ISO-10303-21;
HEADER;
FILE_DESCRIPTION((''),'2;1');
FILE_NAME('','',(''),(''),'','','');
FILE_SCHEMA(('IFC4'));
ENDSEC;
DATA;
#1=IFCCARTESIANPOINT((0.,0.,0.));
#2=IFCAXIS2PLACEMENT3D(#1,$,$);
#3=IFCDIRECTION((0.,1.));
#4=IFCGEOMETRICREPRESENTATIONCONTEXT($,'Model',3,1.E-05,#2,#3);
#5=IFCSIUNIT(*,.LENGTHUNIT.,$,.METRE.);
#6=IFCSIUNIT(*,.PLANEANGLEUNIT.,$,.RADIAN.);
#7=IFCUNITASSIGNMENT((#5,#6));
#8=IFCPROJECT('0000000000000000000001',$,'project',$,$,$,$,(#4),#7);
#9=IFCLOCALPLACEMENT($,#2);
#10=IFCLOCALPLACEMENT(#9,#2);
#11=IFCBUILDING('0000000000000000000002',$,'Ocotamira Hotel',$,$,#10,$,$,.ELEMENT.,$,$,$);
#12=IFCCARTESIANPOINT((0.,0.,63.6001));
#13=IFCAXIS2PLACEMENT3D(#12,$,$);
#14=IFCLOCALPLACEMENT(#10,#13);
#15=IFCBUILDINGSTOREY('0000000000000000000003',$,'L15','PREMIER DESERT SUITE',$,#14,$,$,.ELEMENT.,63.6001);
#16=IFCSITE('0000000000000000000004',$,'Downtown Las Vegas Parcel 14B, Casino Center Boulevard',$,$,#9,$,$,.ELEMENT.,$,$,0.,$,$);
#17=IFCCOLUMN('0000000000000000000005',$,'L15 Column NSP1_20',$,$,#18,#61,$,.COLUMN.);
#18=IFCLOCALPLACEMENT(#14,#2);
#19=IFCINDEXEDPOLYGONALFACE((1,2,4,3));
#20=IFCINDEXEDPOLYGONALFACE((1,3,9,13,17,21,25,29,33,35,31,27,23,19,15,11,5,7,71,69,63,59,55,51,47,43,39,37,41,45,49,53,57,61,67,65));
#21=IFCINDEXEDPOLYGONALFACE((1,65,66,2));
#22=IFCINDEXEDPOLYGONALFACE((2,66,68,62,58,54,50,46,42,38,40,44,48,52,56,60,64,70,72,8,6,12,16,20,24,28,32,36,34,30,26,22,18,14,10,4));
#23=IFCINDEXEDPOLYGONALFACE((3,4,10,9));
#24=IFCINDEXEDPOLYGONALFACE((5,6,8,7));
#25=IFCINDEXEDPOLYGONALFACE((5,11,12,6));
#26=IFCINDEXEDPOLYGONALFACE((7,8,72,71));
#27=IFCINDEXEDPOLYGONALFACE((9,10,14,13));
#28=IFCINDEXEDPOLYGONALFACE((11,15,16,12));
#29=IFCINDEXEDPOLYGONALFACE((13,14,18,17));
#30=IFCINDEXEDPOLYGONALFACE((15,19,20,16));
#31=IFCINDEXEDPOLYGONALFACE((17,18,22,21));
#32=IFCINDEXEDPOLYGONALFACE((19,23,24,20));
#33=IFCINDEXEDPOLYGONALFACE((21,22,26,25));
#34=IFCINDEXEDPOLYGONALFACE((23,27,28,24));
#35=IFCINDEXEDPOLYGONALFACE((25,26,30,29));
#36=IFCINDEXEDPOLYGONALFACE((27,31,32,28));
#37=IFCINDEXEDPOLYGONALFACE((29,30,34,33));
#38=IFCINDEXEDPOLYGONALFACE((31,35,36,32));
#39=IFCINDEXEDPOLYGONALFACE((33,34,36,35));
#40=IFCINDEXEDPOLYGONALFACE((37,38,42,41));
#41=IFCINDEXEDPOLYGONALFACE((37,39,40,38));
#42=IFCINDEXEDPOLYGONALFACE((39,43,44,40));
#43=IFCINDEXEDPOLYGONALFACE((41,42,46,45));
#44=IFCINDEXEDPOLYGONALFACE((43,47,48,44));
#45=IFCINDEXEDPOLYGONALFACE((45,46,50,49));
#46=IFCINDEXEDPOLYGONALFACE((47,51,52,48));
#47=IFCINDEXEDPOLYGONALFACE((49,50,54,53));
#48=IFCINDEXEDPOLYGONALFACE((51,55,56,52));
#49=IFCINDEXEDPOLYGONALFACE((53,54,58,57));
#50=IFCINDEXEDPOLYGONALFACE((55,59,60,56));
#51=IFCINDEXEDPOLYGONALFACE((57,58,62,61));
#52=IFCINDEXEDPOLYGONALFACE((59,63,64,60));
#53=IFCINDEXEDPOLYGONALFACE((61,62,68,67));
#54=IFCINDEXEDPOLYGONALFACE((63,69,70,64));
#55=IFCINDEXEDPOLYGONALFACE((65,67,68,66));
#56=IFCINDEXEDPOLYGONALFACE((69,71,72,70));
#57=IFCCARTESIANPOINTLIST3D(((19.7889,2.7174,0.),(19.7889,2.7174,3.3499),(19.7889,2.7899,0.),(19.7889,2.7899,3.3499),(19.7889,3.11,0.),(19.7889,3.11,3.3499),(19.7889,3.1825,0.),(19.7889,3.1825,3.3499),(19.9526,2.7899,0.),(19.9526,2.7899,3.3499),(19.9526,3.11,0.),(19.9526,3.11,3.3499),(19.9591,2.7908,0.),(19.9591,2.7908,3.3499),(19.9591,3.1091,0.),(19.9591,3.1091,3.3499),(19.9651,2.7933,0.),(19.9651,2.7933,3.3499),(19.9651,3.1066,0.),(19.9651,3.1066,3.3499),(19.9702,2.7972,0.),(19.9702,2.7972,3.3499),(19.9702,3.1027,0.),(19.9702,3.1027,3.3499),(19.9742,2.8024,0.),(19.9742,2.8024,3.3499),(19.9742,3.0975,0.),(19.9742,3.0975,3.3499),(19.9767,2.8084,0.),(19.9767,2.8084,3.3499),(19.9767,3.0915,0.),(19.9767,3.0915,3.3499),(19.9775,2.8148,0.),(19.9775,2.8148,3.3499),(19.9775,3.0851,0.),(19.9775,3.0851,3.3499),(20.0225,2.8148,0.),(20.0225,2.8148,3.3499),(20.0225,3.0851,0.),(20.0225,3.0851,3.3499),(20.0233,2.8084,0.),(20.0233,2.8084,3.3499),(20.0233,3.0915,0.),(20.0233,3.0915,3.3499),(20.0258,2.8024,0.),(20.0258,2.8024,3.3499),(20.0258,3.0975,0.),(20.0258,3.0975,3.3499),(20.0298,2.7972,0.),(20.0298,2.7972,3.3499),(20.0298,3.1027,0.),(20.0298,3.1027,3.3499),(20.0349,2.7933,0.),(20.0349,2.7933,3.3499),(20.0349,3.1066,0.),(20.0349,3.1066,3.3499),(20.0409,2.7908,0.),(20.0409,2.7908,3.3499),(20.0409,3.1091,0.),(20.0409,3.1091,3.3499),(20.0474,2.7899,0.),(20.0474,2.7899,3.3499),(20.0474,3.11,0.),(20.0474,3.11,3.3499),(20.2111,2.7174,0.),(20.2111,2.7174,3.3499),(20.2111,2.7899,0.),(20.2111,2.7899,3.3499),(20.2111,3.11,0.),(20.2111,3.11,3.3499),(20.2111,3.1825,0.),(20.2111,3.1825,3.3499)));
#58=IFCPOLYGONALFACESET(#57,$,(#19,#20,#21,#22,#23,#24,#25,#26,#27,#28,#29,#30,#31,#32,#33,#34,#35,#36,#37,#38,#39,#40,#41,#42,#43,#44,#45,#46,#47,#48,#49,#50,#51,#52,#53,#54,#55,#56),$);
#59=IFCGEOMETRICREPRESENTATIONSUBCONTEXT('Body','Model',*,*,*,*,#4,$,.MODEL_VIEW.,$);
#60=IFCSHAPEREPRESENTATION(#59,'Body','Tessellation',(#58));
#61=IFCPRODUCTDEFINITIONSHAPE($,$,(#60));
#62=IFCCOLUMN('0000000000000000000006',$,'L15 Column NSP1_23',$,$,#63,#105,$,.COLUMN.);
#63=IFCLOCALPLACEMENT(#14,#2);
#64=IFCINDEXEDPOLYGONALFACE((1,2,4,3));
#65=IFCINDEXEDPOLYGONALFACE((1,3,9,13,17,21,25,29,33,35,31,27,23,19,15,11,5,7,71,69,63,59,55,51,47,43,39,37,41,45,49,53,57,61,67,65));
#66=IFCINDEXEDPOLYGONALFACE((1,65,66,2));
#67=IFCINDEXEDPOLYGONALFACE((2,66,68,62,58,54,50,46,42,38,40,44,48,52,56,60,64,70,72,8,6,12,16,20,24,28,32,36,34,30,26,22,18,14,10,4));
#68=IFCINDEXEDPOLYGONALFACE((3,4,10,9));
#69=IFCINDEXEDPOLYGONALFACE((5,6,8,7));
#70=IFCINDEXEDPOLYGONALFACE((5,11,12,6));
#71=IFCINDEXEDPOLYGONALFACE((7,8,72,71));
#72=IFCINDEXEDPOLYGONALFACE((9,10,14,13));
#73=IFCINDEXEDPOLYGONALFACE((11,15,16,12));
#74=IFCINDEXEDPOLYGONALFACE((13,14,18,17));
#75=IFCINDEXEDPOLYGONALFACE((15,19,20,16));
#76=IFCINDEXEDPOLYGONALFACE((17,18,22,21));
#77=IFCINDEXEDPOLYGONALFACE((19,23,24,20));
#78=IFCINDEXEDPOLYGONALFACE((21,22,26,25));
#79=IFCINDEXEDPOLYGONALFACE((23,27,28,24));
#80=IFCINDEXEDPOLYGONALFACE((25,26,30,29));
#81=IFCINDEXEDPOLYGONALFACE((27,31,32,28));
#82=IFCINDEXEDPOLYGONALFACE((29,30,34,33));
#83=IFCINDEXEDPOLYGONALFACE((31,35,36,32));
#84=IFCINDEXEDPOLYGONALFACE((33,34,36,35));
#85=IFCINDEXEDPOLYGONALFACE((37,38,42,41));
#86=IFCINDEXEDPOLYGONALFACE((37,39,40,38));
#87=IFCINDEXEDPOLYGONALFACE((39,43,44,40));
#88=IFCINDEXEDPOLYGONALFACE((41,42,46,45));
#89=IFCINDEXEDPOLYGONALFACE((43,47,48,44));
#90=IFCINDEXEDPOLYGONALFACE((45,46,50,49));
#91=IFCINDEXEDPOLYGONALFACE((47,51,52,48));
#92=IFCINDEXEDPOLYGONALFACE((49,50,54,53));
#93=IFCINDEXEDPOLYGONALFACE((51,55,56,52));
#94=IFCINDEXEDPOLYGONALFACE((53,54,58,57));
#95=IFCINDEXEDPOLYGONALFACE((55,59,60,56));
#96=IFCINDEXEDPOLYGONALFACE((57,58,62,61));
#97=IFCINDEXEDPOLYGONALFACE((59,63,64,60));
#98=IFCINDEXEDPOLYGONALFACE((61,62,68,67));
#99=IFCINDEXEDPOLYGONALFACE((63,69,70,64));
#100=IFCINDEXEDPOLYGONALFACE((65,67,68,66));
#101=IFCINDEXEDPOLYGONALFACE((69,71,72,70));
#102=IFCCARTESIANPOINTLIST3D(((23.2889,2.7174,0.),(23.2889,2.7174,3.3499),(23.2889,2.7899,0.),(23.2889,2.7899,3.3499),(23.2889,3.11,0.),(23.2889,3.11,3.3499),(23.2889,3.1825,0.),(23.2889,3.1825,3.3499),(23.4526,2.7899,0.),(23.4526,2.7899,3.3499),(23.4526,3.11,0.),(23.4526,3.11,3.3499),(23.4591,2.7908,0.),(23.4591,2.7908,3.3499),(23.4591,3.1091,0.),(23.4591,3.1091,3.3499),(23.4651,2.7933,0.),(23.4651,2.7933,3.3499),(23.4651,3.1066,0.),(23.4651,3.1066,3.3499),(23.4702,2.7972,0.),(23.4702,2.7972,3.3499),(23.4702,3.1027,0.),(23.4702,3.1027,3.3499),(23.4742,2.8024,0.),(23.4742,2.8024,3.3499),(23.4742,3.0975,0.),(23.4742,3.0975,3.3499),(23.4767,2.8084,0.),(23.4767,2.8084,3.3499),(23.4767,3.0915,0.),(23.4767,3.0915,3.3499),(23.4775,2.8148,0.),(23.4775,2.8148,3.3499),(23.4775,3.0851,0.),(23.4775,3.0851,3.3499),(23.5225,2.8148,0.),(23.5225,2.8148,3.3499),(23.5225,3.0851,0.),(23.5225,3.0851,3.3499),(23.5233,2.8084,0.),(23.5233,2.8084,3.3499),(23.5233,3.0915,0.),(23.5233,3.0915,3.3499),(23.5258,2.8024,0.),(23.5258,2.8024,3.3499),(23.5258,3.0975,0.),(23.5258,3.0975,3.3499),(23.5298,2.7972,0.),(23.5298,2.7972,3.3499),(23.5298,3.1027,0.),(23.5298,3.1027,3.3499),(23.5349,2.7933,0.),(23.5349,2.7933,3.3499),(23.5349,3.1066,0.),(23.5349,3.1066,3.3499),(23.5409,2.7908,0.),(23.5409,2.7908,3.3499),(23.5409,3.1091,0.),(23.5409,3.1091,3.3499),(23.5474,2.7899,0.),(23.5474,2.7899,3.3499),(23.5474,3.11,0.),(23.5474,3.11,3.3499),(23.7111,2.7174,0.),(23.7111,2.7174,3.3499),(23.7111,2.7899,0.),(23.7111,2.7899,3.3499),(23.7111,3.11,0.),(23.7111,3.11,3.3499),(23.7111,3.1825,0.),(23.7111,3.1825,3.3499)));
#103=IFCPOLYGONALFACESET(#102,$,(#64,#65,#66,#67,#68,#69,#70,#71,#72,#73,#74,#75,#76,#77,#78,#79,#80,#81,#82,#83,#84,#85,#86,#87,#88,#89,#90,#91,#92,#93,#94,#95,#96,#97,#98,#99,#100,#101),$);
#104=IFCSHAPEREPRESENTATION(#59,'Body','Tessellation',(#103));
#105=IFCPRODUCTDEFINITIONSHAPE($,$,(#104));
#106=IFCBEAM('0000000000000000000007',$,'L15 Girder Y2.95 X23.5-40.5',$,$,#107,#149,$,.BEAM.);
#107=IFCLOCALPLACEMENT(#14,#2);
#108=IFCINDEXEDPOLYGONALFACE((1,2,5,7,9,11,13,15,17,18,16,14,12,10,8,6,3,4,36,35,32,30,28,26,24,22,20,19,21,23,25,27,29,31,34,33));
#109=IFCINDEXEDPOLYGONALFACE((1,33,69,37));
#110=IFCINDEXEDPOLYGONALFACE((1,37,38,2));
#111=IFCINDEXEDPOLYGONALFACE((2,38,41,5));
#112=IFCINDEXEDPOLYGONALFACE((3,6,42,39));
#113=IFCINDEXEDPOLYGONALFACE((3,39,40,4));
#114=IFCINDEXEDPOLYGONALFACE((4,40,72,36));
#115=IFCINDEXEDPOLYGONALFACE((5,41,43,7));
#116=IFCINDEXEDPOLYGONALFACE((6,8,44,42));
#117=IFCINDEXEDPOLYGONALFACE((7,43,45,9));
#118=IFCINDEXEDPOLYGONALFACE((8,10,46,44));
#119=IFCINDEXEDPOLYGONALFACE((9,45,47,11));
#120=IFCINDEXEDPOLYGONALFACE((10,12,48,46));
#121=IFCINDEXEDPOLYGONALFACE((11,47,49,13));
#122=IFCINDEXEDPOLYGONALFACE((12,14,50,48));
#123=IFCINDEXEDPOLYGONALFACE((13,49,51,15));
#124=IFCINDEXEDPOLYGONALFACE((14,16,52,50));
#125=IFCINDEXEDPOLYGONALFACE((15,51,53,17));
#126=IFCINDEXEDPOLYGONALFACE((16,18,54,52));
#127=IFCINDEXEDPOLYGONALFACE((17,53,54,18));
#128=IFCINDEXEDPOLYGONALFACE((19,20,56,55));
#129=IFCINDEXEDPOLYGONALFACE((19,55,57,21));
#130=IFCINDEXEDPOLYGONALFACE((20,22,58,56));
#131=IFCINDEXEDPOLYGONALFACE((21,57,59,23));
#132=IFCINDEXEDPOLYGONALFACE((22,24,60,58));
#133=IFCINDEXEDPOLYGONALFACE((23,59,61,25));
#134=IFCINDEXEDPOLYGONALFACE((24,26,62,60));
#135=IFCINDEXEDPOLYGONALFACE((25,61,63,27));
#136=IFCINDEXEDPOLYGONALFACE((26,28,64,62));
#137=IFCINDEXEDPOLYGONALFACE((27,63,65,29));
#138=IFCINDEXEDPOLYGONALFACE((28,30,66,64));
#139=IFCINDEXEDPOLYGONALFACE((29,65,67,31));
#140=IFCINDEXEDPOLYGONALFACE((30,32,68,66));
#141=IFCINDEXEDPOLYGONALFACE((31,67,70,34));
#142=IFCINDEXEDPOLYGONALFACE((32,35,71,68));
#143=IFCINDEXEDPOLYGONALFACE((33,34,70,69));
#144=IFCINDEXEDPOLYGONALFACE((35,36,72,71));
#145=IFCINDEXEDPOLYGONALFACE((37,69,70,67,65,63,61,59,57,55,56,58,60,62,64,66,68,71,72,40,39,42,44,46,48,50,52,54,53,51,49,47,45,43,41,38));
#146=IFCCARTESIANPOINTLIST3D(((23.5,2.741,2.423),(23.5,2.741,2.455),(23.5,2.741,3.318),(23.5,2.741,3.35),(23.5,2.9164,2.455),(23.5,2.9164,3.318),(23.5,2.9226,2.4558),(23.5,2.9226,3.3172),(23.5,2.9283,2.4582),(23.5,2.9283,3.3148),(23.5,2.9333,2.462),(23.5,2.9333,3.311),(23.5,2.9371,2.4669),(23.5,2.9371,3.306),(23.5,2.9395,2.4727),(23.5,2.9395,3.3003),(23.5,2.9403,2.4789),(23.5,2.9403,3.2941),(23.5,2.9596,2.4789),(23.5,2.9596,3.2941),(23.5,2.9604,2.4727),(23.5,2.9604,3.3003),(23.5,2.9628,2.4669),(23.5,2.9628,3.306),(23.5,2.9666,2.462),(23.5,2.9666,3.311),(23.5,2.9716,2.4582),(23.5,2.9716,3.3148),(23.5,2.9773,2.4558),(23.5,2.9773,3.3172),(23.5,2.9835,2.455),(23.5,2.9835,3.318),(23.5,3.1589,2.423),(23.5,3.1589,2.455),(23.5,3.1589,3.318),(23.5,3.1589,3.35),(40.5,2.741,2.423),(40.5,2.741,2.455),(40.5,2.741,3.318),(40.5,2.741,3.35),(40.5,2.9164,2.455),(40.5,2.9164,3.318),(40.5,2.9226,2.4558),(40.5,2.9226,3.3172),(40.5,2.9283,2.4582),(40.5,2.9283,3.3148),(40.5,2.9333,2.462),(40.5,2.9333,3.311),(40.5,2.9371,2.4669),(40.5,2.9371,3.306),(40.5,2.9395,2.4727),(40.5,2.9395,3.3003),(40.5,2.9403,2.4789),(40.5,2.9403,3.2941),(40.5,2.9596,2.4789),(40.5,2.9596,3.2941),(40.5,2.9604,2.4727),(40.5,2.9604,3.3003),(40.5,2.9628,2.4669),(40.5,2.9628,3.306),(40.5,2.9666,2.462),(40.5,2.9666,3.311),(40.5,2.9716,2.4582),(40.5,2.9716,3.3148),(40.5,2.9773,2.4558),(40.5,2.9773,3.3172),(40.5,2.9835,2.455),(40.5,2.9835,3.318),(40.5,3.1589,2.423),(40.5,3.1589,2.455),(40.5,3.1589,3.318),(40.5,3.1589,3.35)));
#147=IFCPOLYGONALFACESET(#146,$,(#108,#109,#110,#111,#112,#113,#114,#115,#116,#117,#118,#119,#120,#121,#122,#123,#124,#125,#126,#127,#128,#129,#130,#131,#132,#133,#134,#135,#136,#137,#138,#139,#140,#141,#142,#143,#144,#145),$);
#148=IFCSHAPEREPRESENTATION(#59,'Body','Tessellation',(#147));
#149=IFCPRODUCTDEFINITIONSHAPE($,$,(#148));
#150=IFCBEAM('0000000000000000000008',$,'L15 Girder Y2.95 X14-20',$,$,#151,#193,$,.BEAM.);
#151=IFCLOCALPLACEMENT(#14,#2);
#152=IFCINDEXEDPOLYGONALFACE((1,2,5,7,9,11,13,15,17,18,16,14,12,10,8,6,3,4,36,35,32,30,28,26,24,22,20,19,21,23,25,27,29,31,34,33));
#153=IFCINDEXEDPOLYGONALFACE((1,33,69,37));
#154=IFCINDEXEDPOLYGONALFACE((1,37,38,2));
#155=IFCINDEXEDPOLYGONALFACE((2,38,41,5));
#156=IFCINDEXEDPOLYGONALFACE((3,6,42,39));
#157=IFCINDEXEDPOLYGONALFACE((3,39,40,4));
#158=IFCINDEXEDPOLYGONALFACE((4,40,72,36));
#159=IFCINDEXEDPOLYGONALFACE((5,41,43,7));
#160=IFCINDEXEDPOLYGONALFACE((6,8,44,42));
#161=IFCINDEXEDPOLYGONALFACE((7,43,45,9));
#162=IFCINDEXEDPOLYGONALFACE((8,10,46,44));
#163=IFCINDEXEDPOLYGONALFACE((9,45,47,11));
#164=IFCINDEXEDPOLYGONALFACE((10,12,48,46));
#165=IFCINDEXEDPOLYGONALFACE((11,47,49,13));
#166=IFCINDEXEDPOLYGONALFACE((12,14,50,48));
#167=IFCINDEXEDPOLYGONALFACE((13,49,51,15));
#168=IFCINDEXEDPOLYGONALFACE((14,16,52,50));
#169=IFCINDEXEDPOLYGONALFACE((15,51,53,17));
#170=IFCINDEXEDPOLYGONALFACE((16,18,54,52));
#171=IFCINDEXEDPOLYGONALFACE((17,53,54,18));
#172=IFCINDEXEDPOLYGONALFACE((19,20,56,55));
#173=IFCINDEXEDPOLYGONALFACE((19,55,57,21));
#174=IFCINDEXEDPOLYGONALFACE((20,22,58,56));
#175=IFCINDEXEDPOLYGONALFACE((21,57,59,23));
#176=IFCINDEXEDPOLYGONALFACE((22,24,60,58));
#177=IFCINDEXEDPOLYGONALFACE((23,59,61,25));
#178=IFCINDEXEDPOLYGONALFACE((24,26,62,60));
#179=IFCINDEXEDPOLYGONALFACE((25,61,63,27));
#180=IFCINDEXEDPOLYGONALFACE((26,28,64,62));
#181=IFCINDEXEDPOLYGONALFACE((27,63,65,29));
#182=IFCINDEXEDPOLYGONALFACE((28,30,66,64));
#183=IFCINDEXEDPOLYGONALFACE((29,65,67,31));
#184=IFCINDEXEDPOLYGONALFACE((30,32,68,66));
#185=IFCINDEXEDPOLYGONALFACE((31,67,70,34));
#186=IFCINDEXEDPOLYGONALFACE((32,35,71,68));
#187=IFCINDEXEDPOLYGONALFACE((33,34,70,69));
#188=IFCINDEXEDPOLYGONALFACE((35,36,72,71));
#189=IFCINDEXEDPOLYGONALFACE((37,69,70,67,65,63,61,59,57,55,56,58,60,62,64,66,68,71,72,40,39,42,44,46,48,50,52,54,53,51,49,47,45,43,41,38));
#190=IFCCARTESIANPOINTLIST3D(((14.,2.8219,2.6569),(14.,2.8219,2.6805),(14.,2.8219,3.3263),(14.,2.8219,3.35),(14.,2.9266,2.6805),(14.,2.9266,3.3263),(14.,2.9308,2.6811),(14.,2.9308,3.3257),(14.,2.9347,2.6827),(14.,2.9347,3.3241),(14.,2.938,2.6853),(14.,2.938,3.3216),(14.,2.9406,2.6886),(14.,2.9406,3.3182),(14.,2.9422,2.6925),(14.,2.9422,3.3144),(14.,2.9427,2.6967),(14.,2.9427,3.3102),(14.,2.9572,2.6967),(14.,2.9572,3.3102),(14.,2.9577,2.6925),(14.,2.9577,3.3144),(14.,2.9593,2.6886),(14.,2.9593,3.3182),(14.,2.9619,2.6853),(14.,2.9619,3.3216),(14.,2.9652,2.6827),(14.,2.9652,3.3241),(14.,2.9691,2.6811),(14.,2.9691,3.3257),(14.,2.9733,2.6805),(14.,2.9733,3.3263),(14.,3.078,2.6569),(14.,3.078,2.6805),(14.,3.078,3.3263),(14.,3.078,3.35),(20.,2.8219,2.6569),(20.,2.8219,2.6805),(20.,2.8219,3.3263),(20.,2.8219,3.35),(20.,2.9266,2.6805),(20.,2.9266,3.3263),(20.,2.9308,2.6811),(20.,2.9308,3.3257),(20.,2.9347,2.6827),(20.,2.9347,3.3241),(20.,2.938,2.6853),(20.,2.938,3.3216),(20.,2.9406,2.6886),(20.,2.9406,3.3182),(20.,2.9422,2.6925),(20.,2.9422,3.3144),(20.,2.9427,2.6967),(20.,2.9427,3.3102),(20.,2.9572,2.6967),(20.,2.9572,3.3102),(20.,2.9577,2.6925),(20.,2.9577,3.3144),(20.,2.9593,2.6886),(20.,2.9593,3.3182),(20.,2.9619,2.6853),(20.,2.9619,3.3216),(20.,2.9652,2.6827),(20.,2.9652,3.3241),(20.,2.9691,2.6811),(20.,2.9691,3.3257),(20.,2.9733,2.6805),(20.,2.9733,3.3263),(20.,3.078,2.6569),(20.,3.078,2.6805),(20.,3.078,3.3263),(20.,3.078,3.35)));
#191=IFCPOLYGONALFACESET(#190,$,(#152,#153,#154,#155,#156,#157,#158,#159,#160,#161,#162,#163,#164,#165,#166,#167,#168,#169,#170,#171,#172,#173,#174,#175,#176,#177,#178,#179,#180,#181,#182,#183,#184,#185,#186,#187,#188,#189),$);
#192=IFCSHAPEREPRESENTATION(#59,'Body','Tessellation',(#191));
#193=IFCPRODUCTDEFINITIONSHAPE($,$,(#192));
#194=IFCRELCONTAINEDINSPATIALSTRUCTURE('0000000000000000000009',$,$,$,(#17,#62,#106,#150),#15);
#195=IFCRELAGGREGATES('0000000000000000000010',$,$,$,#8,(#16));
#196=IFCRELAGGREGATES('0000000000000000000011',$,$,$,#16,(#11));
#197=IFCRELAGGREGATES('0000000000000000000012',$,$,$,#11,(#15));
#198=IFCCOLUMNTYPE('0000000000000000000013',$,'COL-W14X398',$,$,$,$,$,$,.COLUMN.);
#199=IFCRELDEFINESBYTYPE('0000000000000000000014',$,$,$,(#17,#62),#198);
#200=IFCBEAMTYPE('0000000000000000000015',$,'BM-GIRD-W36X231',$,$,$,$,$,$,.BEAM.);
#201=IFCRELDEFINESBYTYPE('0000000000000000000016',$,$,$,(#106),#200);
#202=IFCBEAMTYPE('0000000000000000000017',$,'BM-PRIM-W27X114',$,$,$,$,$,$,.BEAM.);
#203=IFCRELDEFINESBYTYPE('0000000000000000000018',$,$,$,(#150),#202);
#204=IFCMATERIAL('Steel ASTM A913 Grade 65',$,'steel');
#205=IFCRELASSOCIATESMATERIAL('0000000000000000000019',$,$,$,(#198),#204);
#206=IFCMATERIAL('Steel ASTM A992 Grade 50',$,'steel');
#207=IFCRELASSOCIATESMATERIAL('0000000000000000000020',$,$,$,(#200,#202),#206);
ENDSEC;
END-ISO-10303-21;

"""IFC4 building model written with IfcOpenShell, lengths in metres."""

from ifc_helpers import new_model, si_unit, direction, frame, origin, origin_2d, place, context, subcontext, project, spatial, i_section, extrude, source, transform, mapped, material, material_profile, profile_set, type_object, element, save


model = new_model("IFC4")

# Units and contexts
model_context = context("Model", 3, precision=1e-05, world=origin(), true_north=direction((0.0, 1.0)))
body_context = subcontext(model_context, "Body", "Model", "MODEL_VIEW")
ifc_project = project(units=[si_unit("LENGTHUNIT", "METRE"), si_unit("PLANEANGLEUNIT", "RADIAN")], contexts=[model_context])

# Site, building, storey
site_placement = place(None, origin())
site = spatial("IfcSite", under=ifc_project, at=site_placement, Name="Downtown Las Vegas Parcel 14B, Casino Center Boulevard", CompositionType="ELEMENT", RefElevation=0.0)
building_placement = place(site_placement, origin())
building = spatial("IfcBuilding", under=site, at=building_placement, Name="Ocotamira Hotel", CompositionType="ELEMENT")
storey_placement = place(building_placement, frame((0.0, 0.0, 63.6001)))
storey = spatial("IfcBuildingStorey", under=building, at=storey_placement, Name="L15", Description="PREMIER DESERT SUITE", CompositionType="ELEMENT", Elevation=63.6001)

# Columns
ifc_material_1 = material(Name="Steel ASTM A913 Grade 65", Category="steel")
ifc_material_profile_1 = material_profile(ifc_material_1, i_section(OverallWidth=0.4221, OverallDepth=0.4651, WebThickness=0.0449, FlangeThickness=0.0725, FilletRadius=0.0249, at=origin_2d()), Name="W14X398")
ifc_profile_set_1 = profile_set([ifc_material_profile_1], Name="Steel ASTM A913 Grade 65")
column_type = type_object("IfcColumnType", Name="COL-W14X398", PredefinedType="COLUMN", material=ifc_profile_set_1)
shared_shape_1 = source(origin(), body_context, "Body", "SweptSolid", [
    extrude(i_section(OverallWidth=0.4221, OverallDepth=0.4651, WebThickness=0.0449, FlangeThickness=0.0725, FilletRadius=0.0249, at=origin_2d()), origin(), (0.0, 0.0, 1.0), 3.3499),
])
for number, where, z_axis, x_axis, name in (
    (1, (20.0, 2.95, 0.0), (0.0, 0.0, 1.0), (1.0, 0.0, 0.0), "L15 Column NSP1_20"),
    (2, (23.5, 2.95, 0.0), (0.0, 0.0, 1.0), (1.0, 0.0, 0.0), "L15 Column NSP1_23"),
):
    element("IfcColumn", number, at=place(storey_placement, frame(where, z_axis=z_axis, x_axis=x_axis)), inside=storey, type_object=column_type, Name=name, PredefinedType="COLUMN", context=body_context, shape_type="MappedRepresentation", body=[
        mapped(shared_shape_1, transform((0.0, 0.0, 0.0), scale=1.0)),
    ])

# Beams
ifc_material_2 = material(Name="Steel ASTM A992 Grade 50", Category="steel")
ifc_material_profile_2 = material_profile(ifc_material_2, i_section(OverallWidth=0.418, OverallDepth=0.927, WebThickness=0.0193, FlangeThickness=0.032, FilletRadius=0.0239, at=origin_2d()), Name="W36X231")
ifc_profile_set_2 = profile_set([ifc_material_profile_2], Name="Steel ASTM A992 Grade 50")
beam_type_1 = type_object("IfcBeamType", Name="BM-GIRD-W36X231", PredefinedType="BEAM", material=ifc_profile_set_2)
shared_shape_2 = source(origin(), body_context, "Body", "SweptSolid", [
    extrude(i_section(OverallWidth=0.418, OverallDepth=0.927, WebThickness=0.0193, FlangeThickness=0.032, FilletRadius=0.0239, at=origin_2d()), origin(), (0.0, 0.0, 1.0), 17.0),
])
beam_1_placement = place(storey_placement, frame((23.5, 2.95, 2.8865), z_axis=(1.0, 0.0, 0.0), x_axis=(0.0, 1.0, 0.0)))
element("IfcBeam", 3, at=beam_1_placement, inside=storey, type_object=beam_type_1, Name="L15 Girder Y2.95 X23.5-40.5", PredefinedType="BEAM", context=body_context, shape_type="MappedRepresentation", body=[
    mapped(shared_shape_2, transform((0.0, 0.0, 0.0), scale=1.0)),
])
ifc_material_profile_3 = material_profile(ifc_material_2, i_section(OverallWidth=0.2561, OverallDepth=0.6931, WebThickness=0.0144, FlangeThickness=0.0237, FilletRadius=0.0161, at=origin_2d()), Name="W27X114")
ifc_profile_set_3 = profile_set([ifc_material_profile_3], Name="Steel ASTM A992 Grade 50")
beam_type_2 = type_object("IfcBeamType", Name="BM-PRIM-W27X114", PredefinedType="BEAM", material=ifc_profile_set_3)
shared_shape_3 = source(origin(), body_context, "Body", "SweptSolid", [
    extrude(i_section(OverallWidth=0.2561, OverallDepth=0.6931, WebThickness=0.0144, FlangeThickness=0.0237, FilletRadius=0.0161, at=origin_2d()), origin(), (0.0, 0.0, 1.0), 6.0),
])
beam_2_placement = place(storey_placement, frame((14.0, 2.95, 3.0034), z_axis=(1.0, 0.0, 0.0), x_axis=(0.0, 1.0, 0.0)))
element("IfcBeam", 4, at=beam_2_placement, inside=storey, type_object=beam_type_2, Name="L15 Girder Y2.95 X14-20", PredefinedType="BEAM", context=body_context, shape_type="MappedRepresentation", body=[
    mapped(shared_shape_3, transform((0.0, 0.0, 0.0), scale=1.0)),
])

save(model, "model.ifc")
